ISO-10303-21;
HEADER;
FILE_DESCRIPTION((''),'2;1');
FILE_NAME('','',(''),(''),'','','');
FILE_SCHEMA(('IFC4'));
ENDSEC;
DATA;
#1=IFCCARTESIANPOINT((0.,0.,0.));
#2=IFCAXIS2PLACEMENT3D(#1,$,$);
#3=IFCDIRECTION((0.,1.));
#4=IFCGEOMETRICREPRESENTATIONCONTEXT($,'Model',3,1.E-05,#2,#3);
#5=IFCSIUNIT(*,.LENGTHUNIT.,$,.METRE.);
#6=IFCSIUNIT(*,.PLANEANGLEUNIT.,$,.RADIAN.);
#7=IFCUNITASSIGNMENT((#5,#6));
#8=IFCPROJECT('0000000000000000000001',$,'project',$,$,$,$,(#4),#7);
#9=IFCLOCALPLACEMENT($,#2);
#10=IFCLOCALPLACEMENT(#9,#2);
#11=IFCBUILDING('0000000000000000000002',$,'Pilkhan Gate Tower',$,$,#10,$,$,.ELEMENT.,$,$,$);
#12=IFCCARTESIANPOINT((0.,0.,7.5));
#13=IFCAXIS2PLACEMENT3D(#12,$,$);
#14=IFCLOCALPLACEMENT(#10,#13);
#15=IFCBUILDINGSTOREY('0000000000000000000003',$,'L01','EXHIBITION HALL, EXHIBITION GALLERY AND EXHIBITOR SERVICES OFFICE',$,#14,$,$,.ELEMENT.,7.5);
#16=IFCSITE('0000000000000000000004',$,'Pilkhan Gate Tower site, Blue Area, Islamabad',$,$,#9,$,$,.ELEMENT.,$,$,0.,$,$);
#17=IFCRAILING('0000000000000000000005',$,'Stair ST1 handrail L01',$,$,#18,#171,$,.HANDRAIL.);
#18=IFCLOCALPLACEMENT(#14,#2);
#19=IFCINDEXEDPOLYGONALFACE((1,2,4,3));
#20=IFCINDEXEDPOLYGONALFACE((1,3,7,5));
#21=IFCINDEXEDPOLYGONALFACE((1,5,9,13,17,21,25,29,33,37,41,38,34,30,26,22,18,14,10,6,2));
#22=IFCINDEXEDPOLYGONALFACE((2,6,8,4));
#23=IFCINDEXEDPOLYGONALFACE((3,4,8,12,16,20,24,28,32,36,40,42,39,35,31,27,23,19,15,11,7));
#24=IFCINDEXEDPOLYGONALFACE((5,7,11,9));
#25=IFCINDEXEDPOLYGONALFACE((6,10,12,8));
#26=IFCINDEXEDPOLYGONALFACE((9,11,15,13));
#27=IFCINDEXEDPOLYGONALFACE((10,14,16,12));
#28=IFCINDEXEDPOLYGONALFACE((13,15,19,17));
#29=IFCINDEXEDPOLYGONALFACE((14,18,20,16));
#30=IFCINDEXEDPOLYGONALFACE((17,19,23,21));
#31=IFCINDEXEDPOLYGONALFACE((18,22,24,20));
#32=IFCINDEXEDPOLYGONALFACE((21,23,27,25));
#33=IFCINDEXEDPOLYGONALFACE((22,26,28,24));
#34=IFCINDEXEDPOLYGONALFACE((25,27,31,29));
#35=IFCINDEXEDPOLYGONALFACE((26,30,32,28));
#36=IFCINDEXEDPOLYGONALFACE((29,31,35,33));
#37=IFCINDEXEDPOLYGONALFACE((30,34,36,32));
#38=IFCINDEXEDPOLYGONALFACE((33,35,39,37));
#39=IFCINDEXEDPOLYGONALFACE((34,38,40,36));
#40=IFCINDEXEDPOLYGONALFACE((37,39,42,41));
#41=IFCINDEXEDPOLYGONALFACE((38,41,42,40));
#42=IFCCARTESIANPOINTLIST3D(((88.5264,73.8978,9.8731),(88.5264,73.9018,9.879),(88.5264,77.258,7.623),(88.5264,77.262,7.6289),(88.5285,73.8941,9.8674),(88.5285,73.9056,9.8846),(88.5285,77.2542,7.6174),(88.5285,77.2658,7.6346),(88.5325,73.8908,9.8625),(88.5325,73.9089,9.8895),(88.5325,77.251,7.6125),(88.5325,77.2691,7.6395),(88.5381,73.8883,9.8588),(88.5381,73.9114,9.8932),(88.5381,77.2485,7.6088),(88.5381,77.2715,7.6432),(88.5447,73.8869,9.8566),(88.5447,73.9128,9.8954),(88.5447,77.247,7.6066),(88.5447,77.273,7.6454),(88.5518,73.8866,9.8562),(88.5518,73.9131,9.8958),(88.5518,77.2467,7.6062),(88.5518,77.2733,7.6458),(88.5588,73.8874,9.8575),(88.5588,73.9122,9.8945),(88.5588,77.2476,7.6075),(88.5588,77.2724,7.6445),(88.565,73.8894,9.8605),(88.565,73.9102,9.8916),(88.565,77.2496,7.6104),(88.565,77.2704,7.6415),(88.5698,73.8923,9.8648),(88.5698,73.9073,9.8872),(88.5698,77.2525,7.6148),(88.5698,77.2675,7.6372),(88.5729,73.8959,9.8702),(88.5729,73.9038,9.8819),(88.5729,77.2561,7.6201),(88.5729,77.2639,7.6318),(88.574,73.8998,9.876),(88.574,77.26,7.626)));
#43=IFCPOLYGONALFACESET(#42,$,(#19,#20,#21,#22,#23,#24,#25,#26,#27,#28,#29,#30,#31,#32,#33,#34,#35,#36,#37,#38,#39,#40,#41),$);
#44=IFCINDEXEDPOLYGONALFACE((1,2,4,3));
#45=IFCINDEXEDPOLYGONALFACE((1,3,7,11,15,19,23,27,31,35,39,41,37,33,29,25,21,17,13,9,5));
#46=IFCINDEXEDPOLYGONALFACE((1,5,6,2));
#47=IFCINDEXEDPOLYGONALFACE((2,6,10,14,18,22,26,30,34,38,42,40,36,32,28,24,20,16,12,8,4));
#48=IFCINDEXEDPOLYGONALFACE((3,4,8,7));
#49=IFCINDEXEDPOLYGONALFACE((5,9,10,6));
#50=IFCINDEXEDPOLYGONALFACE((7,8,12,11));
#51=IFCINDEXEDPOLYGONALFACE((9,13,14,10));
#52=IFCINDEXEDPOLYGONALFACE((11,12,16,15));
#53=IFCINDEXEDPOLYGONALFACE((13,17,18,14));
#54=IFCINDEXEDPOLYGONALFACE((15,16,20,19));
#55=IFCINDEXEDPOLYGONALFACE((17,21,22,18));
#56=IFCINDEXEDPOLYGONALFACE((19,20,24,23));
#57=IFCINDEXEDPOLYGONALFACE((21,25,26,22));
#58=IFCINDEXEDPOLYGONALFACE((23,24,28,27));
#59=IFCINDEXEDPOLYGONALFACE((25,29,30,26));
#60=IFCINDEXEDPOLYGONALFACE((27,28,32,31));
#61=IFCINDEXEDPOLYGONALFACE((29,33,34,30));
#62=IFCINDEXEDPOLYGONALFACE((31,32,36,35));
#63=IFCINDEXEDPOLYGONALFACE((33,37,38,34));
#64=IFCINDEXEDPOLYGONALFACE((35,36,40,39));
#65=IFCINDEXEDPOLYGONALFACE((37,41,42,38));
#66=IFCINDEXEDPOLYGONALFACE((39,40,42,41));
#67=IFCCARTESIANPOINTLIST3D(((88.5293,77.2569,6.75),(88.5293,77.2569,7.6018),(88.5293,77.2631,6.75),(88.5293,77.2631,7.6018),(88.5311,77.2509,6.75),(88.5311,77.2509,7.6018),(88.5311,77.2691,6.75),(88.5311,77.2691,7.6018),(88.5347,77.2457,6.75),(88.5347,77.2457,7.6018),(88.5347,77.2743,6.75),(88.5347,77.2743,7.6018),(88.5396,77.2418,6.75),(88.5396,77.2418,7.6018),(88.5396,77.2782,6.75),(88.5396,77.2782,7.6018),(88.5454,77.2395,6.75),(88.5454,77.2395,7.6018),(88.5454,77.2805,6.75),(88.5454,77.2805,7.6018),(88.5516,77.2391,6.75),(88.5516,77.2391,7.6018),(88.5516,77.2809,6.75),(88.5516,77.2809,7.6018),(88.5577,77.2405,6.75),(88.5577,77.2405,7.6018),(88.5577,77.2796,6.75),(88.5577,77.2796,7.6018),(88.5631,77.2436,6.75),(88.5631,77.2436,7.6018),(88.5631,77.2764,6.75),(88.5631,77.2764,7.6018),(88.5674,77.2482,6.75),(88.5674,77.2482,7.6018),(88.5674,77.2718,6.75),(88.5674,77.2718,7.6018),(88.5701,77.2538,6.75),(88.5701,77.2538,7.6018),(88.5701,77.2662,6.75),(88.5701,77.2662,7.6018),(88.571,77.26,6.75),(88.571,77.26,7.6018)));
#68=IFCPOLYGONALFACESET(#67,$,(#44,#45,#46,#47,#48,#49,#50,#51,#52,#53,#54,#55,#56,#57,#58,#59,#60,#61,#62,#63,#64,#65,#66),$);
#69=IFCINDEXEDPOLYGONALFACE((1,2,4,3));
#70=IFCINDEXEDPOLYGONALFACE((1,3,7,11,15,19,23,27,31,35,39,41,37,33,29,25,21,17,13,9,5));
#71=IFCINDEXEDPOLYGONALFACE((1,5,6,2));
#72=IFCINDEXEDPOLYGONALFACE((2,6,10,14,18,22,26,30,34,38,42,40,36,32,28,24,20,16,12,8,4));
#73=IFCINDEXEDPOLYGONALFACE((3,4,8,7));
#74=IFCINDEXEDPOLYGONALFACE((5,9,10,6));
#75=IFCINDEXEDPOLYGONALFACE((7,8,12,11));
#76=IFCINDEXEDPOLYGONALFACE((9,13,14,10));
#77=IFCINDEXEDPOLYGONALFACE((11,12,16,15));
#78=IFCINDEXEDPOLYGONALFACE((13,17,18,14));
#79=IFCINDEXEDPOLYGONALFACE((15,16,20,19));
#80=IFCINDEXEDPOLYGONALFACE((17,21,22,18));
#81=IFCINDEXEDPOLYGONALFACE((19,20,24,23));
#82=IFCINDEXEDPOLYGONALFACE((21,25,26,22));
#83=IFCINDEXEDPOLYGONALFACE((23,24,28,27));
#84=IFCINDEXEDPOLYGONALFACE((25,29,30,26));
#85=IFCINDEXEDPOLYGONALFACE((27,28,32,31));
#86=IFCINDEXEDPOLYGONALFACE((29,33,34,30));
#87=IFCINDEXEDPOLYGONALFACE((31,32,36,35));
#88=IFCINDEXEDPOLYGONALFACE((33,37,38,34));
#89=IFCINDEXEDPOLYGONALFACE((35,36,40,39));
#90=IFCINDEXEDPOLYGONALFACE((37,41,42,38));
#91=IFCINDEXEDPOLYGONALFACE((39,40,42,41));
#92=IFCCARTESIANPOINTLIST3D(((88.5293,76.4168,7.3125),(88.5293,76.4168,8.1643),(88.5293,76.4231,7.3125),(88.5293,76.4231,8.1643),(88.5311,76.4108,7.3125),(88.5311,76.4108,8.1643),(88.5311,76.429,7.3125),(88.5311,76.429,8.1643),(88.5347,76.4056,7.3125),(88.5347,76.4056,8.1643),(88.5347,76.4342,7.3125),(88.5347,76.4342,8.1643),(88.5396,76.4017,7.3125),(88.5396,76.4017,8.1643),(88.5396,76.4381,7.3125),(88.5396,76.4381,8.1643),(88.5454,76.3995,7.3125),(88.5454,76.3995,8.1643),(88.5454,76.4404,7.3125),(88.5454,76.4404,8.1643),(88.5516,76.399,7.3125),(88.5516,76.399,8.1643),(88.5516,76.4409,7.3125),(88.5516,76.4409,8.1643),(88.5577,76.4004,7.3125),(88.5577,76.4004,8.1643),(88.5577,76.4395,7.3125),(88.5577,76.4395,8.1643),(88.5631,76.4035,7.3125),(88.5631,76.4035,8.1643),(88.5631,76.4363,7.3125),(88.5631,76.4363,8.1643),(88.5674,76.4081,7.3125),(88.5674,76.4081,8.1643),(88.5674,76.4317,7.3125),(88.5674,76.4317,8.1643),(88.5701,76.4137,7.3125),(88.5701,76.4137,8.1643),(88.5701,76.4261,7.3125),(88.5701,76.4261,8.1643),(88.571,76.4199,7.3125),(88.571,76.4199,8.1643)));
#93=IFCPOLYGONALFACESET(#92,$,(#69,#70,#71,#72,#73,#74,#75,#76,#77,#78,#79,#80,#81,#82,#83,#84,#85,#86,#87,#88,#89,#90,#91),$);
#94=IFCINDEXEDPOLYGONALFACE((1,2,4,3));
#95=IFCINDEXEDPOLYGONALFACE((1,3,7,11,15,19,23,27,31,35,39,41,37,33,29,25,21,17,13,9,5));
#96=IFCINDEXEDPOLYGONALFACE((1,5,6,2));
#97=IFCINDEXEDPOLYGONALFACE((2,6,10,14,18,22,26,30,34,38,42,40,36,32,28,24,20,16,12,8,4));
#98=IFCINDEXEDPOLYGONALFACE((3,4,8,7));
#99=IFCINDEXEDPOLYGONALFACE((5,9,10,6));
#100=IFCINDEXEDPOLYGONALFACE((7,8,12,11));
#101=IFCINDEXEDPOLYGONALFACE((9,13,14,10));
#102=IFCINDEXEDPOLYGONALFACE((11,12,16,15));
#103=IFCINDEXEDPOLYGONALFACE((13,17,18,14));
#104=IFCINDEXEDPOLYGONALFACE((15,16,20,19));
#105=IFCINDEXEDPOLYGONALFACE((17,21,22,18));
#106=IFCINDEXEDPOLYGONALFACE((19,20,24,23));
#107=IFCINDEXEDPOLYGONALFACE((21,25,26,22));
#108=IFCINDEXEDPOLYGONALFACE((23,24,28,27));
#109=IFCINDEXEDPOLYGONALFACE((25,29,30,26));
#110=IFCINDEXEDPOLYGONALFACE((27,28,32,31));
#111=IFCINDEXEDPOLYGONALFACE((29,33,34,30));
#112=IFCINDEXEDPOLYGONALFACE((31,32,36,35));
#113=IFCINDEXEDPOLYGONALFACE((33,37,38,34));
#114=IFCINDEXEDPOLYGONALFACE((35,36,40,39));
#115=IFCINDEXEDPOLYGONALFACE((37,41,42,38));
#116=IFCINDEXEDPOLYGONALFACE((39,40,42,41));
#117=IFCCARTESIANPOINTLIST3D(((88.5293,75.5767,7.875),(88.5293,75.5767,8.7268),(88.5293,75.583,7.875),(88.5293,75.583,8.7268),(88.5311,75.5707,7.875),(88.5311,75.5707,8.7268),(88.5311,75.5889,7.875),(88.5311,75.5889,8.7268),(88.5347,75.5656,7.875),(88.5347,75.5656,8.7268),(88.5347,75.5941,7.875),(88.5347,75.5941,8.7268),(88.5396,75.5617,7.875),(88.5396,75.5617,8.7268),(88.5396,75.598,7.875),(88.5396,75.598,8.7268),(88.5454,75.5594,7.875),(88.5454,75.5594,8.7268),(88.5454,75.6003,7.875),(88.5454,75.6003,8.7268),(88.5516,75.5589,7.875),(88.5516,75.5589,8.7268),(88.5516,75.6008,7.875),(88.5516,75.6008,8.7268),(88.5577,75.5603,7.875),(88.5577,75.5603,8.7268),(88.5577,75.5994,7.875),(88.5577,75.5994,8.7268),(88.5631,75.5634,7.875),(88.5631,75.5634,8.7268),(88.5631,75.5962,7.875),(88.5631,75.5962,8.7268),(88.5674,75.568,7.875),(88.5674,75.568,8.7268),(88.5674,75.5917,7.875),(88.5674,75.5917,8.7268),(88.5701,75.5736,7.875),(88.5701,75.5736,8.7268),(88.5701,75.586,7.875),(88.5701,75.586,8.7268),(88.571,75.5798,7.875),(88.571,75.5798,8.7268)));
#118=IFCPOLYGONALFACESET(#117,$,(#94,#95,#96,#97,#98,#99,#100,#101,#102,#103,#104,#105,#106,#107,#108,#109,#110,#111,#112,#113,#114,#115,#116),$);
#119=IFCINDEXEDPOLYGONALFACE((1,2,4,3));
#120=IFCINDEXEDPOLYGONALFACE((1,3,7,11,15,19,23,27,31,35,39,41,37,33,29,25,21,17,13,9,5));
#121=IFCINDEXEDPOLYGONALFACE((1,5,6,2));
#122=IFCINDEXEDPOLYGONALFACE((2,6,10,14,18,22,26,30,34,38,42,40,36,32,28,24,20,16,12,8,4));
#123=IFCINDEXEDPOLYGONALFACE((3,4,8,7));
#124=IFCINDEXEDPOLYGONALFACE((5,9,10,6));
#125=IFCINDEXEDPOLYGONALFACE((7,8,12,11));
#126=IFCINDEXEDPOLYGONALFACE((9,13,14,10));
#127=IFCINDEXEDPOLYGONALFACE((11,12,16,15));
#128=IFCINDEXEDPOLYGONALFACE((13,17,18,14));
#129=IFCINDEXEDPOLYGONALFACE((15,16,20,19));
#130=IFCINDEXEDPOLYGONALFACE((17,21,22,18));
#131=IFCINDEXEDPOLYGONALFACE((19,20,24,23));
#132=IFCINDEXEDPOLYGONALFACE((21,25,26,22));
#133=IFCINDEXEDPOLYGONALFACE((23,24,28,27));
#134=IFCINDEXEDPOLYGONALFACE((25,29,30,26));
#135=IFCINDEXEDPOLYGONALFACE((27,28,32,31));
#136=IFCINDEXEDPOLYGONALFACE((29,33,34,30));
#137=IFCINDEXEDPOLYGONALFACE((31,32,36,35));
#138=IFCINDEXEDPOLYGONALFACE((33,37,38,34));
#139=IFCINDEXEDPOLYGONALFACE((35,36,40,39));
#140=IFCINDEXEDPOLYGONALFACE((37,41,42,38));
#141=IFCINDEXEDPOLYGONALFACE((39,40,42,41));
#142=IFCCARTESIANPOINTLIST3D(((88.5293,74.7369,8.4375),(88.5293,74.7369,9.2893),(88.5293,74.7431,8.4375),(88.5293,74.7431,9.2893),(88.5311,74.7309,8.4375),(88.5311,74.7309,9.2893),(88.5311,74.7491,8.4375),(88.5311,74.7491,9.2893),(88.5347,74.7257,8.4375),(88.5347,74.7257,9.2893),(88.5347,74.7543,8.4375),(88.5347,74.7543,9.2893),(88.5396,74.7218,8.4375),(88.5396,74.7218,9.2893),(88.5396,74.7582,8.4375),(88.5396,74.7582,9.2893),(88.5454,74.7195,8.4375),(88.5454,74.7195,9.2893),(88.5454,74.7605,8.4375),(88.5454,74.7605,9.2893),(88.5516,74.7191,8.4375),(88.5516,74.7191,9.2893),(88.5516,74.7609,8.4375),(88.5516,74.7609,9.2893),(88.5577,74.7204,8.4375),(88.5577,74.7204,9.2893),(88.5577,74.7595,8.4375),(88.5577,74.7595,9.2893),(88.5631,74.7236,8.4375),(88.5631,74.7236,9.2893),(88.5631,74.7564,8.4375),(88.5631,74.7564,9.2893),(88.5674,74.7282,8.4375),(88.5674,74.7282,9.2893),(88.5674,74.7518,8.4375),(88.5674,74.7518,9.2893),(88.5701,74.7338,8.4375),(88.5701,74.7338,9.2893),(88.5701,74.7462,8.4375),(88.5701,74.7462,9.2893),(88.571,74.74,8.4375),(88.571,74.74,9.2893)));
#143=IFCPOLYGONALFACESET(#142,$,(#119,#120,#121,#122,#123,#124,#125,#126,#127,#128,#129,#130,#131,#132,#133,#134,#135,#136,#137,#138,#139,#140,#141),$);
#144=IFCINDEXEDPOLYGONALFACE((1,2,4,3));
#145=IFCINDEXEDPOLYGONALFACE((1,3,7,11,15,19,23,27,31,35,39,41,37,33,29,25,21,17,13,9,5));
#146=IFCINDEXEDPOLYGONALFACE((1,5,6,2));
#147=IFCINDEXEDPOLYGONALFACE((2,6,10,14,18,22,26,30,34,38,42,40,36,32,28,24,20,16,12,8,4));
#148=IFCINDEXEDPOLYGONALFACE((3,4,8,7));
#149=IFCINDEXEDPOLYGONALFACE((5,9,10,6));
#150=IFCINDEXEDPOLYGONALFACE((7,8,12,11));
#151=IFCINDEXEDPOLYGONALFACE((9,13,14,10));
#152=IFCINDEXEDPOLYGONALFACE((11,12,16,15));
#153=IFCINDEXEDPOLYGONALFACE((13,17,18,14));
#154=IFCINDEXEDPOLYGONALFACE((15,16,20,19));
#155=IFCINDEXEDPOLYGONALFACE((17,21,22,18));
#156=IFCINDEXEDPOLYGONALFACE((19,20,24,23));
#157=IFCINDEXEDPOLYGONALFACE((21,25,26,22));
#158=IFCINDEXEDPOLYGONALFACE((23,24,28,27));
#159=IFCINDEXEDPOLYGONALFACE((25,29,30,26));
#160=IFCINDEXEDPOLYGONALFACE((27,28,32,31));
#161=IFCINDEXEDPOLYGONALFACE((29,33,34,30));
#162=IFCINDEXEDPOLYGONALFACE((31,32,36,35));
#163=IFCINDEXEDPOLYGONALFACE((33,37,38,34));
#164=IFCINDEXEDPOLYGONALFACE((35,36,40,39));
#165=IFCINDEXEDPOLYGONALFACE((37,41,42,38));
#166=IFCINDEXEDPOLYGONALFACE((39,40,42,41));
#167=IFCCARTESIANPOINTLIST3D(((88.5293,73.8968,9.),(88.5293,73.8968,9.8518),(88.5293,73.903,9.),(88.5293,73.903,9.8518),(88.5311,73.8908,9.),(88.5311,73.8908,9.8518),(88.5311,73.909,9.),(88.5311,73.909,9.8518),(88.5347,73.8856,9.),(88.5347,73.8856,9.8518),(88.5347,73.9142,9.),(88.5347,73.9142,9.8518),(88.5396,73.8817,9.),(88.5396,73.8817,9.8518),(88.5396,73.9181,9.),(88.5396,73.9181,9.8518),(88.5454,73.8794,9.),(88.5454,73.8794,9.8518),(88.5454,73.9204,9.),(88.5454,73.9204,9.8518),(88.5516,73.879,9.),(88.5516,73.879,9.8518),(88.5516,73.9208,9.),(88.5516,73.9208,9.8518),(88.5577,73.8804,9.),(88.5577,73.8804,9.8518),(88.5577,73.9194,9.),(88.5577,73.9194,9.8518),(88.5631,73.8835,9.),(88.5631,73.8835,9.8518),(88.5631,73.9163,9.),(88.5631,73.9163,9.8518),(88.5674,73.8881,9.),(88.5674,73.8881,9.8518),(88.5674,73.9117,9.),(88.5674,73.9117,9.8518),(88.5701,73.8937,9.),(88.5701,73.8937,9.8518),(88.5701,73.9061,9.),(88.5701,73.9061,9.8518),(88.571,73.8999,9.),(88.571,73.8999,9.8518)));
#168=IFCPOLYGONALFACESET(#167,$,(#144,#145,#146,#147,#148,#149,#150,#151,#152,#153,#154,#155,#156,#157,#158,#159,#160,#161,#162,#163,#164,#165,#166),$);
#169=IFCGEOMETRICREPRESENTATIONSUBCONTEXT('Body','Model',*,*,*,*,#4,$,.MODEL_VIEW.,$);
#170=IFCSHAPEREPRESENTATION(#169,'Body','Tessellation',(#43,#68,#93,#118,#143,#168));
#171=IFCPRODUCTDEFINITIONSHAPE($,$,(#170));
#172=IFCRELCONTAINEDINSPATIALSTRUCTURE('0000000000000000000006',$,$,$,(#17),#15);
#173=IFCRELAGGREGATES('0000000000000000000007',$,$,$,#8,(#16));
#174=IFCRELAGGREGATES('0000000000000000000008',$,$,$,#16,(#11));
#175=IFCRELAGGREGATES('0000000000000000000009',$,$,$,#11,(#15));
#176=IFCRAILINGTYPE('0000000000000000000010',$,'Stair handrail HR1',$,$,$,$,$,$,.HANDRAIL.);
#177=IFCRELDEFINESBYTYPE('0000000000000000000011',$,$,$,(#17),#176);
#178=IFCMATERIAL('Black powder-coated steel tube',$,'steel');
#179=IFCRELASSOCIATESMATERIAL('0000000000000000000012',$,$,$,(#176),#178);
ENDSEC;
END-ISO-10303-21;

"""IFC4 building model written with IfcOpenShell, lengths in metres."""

from ifc_helpers import new_model, si_unit, direction, frame, origin, origin_2d, place, context, subcontext, project, spatial, circle, extrude, material, type_object, element, save


model = new_model("IFC4")

# Units and contexts
model_context = context("Model", 3, precision=1e-05, world=origin(), true_north=direction((0.0, 1.0)))
body_context = subcontext(model_context, "Body", "Model", "MODEL_VIEW")
ifc_project = project(units=[si_unit("LENGTHUNIT", "METRE"), si_unit("PLANEANGLEUNIT", "RADIAN")], contexts=[model_context])

# Site, building, storey
site_placement = place(None, origin())
site = spatial("IfcSite", under=ifc_project, at=site_placement, Name="Pilkhan Gate Tower site, Blue Area, Islamabad", CompositionType="ELEMENT", RefElevation=0.0)
building_placement = place(site_placement, origin())
building = spatial("IfcBuilding", under=site, at=building_placement, Name="Pilkhan Gate Tower", CompositionType="ELEMENT")
storey_placement = place(building_placement, frame((0.0, 0.0, 7.5)))
storey = spatial("IfcBuildingStorey", under=building, at=storey_placement, Name="L01", Description="EXHIBITION HALL, EXHIBITION GALLERY AND EXHIBITOR SERVICES OFFICE", CompositionType="ELEMENT", Elevation=7.5)

# Railing
ifc_material_1 = material(Name="Black powder-coated steel tube", Category="steel")
railing_type_1 = type_object("IfcRailingType", Name="Stair handrail HR1", PredefinedType="HANDRAIL", material=ifc_material_1)
for number, where, name in (
    (1, (88.55, 77.26, 6.75), "Stair ST1 handrail L01"),
):
    element("IfcRailing", number, at=place(storey_placement, frame(where)), inside=storey, type_object=railing_type_1, Name=name, PredefinedType="HANDRAIL", context=body_context, shape_type="SweptSolid", body=[
        extrude(circle(Radius=0.0239, at=origin_2d()), frame((0.0, 0.0, 0.876), z_axis=(0.0, -0.830915, 0.556399), x_axis=(1.0, 0.0, 0.0)), (0.0, 0.0, 1.0), 4.0439),
        extrude(circle(Radius=0.021, at=origin_2d()), origin(), (0.0, 0.0, 1.0), 0.8518),
        extrude(circle(Radius=0.021, at=origin_2d()), frame((0.0, -0.8401, 0.5625)), (0.0, 0.0, 1.0), 0.8518),
        extrude(circle(Radius=0.021, at=origin_2d()), frame((0.0, -1.6802, 1.125)), (0.0, 0.0, 1.0), 0.8518),
        extrude(circle(Radius=0.021, at=origin_2d()), frame((0.0, -2.52, 1.6875)), (0.0, 0.0, 1.0), 0.8518),
        extrude(circle(Radius=0.021, at=origin_2d()), frame((0.0, -3.3601, 2.25)), (0.0, 0.0, 1.0), 0.8518),
    ])

save(model, "model.ifc")
